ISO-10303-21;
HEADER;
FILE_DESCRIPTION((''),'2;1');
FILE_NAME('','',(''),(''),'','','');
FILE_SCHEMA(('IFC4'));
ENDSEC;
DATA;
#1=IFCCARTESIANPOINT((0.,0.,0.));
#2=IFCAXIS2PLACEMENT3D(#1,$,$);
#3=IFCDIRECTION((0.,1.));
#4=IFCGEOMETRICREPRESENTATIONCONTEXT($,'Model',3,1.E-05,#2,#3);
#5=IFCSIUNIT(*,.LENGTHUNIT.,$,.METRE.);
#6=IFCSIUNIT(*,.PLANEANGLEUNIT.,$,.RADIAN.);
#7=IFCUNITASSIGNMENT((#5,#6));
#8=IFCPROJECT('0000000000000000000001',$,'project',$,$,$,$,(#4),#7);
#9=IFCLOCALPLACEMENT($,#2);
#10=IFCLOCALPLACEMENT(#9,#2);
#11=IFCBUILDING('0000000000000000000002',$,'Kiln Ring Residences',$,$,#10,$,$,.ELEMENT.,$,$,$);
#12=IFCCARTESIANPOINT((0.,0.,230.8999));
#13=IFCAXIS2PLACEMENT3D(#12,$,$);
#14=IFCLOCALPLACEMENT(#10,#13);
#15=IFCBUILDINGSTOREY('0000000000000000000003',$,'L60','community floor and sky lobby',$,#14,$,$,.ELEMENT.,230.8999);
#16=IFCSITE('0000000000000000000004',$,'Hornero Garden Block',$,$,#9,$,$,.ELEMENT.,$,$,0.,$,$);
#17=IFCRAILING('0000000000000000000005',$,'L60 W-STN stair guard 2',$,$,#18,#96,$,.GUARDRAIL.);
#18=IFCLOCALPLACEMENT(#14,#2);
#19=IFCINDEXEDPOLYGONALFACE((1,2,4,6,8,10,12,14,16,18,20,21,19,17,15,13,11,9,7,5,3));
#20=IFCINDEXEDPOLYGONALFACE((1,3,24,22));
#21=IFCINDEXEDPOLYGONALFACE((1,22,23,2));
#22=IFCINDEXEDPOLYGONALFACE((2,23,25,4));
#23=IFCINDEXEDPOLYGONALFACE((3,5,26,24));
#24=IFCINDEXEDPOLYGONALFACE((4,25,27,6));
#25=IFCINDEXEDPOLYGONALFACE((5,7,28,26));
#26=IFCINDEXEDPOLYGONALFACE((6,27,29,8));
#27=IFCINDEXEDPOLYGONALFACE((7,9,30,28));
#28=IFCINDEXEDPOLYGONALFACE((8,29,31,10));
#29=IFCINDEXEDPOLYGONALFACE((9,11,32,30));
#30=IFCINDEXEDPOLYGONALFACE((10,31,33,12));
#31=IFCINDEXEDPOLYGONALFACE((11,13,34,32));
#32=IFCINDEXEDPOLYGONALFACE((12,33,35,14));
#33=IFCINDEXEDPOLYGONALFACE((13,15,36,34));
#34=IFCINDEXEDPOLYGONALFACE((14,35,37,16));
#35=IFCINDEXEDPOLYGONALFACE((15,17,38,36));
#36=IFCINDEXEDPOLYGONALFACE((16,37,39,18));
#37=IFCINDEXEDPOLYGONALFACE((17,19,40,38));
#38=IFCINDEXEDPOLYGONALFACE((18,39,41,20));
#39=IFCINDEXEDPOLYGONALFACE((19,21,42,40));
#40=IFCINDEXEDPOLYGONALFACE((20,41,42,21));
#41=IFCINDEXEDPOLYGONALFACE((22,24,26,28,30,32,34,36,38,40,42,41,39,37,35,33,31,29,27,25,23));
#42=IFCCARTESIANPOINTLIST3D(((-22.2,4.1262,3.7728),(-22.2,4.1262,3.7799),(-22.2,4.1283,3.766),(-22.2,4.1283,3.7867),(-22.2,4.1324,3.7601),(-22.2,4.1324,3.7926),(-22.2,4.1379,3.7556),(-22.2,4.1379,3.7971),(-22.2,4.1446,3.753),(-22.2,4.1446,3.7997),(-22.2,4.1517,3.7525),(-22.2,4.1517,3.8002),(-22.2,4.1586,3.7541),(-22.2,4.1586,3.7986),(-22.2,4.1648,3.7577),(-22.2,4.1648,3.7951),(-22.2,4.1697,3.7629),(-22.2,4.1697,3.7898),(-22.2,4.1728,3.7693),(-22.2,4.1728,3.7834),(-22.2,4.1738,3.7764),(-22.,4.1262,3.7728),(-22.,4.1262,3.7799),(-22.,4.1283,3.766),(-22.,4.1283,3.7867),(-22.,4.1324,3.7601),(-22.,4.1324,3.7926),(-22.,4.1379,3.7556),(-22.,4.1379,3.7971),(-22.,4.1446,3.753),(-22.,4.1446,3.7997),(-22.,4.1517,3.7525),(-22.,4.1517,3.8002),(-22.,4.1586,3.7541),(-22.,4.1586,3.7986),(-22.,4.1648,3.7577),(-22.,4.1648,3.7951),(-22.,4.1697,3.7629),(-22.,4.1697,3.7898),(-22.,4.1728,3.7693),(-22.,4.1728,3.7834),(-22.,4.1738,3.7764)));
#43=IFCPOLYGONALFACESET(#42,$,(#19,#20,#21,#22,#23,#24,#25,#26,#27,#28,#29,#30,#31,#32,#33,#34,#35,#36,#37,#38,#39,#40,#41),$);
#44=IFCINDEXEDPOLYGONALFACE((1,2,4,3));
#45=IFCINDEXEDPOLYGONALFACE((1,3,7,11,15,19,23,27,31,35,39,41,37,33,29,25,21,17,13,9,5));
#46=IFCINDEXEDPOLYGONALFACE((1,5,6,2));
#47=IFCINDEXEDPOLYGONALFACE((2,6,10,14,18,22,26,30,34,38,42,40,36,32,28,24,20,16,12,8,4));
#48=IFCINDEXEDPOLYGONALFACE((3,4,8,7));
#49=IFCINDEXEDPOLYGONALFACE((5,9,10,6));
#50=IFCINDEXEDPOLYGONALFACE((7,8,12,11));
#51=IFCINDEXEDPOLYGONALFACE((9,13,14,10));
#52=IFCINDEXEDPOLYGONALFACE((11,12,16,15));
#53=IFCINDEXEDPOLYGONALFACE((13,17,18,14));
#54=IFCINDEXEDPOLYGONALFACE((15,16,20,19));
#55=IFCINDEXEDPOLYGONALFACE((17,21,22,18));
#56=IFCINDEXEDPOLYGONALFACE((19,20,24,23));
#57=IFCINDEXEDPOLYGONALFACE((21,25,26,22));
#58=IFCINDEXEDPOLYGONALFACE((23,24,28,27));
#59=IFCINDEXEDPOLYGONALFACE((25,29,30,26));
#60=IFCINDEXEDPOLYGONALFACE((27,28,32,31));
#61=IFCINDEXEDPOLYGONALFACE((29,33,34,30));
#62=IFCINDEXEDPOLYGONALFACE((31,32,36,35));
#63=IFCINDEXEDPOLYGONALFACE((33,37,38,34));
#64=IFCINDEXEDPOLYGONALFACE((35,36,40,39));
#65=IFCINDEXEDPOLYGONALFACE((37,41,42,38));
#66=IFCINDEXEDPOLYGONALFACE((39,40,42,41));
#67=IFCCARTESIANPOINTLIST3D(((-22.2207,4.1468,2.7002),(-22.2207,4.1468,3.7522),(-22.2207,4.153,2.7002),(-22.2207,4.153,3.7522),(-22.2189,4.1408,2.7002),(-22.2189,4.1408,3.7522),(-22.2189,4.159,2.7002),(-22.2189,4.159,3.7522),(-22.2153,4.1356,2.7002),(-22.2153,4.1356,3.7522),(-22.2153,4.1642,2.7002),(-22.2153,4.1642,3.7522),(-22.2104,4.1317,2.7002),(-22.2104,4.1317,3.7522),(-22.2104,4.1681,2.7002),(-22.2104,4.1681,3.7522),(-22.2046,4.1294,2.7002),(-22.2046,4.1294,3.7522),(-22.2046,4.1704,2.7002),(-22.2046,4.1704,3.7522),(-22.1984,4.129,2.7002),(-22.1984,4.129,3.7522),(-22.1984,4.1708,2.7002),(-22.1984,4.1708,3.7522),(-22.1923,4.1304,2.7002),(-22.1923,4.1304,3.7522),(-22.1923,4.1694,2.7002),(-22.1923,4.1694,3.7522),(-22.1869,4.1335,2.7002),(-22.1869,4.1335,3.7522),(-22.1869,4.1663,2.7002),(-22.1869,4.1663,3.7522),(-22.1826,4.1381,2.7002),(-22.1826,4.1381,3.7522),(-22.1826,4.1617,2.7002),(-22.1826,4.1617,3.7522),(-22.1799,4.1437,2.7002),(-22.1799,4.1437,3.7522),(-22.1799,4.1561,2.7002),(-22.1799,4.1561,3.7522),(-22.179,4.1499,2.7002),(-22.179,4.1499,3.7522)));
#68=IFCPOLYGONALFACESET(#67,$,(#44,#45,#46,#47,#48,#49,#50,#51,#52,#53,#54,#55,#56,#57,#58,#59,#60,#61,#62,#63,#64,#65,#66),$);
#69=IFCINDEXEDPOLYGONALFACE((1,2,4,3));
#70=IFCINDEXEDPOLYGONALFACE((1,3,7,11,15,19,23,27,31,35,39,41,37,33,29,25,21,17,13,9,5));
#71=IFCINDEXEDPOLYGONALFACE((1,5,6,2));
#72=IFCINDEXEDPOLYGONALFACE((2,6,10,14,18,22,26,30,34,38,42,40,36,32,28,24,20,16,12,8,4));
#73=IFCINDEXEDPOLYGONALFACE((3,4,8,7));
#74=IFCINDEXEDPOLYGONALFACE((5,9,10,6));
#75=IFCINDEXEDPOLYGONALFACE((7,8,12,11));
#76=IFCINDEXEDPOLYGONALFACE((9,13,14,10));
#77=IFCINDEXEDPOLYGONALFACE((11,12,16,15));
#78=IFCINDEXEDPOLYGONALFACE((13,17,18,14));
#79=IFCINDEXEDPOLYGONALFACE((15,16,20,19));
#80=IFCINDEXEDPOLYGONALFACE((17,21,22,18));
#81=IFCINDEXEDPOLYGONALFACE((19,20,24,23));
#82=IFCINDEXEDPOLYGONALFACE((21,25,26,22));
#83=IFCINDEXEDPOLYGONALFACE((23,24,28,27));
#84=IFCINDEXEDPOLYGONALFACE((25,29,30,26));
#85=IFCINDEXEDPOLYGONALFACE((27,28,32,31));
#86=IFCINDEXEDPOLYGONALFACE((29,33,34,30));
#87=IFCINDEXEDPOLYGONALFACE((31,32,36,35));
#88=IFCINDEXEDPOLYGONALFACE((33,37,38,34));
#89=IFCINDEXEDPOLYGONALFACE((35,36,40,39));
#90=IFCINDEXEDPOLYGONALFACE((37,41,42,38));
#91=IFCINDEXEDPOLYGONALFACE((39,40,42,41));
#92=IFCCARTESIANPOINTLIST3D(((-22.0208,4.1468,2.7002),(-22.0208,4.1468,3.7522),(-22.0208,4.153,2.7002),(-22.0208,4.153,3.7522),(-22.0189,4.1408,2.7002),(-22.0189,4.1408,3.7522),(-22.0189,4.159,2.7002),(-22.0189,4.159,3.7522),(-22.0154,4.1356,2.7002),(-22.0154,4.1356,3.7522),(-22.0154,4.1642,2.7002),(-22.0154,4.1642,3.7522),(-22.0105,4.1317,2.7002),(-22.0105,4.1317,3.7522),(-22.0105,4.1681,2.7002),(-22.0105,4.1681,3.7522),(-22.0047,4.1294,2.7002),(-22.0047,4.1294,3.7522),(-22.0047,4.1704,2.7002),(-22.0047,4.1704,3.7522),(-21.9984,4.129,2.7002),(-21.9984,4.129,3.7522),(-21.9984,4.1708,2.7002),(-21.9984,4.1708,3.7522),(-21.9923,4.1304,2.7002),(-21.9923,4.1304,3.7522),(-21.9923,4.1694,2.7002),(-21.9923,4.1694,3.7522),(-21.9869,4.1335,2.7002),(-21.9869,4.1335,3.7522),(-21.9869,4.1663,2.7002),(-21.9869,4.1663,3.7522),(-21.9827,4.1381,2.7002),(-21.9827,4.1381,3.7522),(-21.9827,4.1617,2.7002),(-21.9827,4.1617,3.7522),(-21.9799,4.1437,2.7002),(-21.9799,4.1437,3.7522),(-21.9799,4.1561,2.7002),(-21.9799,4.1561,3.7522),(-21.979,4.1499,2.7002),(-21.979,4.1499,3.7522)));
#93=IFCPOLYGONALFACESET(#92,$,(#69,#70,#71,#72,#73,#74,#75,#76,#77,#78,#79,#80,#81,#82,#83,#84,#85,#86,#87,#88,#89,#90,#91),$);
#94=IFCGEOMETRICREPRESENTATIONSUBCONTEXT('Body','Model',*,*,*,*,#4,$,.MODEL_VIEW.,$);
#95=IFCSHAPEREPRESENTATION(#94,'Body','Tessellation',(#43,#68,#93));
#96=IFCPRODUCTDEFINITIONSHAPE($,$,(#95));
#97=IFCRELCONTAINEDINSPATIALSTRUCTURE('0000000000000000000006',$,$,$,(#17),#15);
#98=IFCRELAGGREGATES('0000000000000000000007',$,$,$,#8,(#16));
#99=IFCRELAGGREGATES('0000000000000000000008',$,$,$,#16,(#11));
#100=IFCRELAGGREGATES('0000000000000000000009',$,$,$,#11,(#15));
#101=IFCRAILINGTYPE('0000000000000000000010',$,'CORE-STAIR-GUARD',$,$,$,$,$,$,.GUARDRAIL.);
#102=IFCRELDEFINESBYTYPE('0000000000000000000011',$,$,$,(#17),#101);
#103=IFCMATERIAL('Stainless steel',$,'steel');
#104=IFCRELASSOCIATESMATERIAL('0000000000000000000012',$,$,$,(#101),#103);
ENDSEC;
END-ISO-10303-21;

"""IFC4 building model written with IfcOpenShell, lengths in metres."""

from ifc_helpers import new_model, si_unit, direction, frame, origin, origin_2d, place, context, subcontext, project, spatial, circle, extrude, material, type_object, element, save


model = new_model("IFC4")

# Units and contexts
model_context = context("Model", 3, precision=1e-05, world=origin(), true_north=direction((0.0, 1.0)))
body_context = subcontext(model_context, "Body", "Model", "MODEL_VIEW")
ifc_project = project(units=[si_unit("LENGTHUNIT", "METRE"), si_unit("PLANEANGLEUNIT", "RADIAN")], contexts=[model_context])

# Site, building, storey
site_placement = place(None, origin())
site = spatial("IfcSite", under=ifc_project, at=site_placement, Name="Hornero Garden Block", CompositionType="ELEMENT", RefElevation=0.0)
building_placement = place(site_placement, origin())
building = spatial("IfcBuilding", under=site, at=building_placement, Name="Kiln Ring Residences", CompositionType="ELEMENT")
storey_placement = place(building_placement, frame((0.0, 0.0, 230.8999)))
storey = spatial("IfcBuildingStorey", under=building, at=storey_placement, Name="L60", Description="community floor and sky lobby", CompositionType="ELEMENT", Elevation=230.8999)

# Railing
ifc_material_1 = material(Name="Stainless steel", Category="steel")
railing_type_1 = type_object("IfcRailingType", Name="CORE-STAIR-GUARD", PredefinedType="GUARDRAIL", material=ifc_material_1)
railing_1_placement = place(storey_placement, frame((-22.2, 4.1499, 2.7002)))
element("IfcRailing", 1, at=railing_1_placement, inside=storey, type_object=railing_type_1, Name="L60 W-STN stair guard 2", PredefinedType="GUARDRAIL", context=body_context, shape_type="SweptSolid", body=[
    extrude(circle(Radius=0.0239, at=origin_2d()), frame((0.0, 0.0, 1.0762), z_axis=(1.0, 0.0, 0.0), x_axis=(0.0, 1.0, 0.0)), (0.0, 0.0, 1.0), 0.2),
    extrude(circle(Radius=0.021, at=origin_2d()), origin(), (0.0, 0.0, 1.0), 1.052),
    extrude(circle(Radius=0.021, at=origin_2d()), frame((0.2, 0.0, 0.0)), (0.0, 0.0, 1.0), 1.052),
])

save(model, "model.ifc")
